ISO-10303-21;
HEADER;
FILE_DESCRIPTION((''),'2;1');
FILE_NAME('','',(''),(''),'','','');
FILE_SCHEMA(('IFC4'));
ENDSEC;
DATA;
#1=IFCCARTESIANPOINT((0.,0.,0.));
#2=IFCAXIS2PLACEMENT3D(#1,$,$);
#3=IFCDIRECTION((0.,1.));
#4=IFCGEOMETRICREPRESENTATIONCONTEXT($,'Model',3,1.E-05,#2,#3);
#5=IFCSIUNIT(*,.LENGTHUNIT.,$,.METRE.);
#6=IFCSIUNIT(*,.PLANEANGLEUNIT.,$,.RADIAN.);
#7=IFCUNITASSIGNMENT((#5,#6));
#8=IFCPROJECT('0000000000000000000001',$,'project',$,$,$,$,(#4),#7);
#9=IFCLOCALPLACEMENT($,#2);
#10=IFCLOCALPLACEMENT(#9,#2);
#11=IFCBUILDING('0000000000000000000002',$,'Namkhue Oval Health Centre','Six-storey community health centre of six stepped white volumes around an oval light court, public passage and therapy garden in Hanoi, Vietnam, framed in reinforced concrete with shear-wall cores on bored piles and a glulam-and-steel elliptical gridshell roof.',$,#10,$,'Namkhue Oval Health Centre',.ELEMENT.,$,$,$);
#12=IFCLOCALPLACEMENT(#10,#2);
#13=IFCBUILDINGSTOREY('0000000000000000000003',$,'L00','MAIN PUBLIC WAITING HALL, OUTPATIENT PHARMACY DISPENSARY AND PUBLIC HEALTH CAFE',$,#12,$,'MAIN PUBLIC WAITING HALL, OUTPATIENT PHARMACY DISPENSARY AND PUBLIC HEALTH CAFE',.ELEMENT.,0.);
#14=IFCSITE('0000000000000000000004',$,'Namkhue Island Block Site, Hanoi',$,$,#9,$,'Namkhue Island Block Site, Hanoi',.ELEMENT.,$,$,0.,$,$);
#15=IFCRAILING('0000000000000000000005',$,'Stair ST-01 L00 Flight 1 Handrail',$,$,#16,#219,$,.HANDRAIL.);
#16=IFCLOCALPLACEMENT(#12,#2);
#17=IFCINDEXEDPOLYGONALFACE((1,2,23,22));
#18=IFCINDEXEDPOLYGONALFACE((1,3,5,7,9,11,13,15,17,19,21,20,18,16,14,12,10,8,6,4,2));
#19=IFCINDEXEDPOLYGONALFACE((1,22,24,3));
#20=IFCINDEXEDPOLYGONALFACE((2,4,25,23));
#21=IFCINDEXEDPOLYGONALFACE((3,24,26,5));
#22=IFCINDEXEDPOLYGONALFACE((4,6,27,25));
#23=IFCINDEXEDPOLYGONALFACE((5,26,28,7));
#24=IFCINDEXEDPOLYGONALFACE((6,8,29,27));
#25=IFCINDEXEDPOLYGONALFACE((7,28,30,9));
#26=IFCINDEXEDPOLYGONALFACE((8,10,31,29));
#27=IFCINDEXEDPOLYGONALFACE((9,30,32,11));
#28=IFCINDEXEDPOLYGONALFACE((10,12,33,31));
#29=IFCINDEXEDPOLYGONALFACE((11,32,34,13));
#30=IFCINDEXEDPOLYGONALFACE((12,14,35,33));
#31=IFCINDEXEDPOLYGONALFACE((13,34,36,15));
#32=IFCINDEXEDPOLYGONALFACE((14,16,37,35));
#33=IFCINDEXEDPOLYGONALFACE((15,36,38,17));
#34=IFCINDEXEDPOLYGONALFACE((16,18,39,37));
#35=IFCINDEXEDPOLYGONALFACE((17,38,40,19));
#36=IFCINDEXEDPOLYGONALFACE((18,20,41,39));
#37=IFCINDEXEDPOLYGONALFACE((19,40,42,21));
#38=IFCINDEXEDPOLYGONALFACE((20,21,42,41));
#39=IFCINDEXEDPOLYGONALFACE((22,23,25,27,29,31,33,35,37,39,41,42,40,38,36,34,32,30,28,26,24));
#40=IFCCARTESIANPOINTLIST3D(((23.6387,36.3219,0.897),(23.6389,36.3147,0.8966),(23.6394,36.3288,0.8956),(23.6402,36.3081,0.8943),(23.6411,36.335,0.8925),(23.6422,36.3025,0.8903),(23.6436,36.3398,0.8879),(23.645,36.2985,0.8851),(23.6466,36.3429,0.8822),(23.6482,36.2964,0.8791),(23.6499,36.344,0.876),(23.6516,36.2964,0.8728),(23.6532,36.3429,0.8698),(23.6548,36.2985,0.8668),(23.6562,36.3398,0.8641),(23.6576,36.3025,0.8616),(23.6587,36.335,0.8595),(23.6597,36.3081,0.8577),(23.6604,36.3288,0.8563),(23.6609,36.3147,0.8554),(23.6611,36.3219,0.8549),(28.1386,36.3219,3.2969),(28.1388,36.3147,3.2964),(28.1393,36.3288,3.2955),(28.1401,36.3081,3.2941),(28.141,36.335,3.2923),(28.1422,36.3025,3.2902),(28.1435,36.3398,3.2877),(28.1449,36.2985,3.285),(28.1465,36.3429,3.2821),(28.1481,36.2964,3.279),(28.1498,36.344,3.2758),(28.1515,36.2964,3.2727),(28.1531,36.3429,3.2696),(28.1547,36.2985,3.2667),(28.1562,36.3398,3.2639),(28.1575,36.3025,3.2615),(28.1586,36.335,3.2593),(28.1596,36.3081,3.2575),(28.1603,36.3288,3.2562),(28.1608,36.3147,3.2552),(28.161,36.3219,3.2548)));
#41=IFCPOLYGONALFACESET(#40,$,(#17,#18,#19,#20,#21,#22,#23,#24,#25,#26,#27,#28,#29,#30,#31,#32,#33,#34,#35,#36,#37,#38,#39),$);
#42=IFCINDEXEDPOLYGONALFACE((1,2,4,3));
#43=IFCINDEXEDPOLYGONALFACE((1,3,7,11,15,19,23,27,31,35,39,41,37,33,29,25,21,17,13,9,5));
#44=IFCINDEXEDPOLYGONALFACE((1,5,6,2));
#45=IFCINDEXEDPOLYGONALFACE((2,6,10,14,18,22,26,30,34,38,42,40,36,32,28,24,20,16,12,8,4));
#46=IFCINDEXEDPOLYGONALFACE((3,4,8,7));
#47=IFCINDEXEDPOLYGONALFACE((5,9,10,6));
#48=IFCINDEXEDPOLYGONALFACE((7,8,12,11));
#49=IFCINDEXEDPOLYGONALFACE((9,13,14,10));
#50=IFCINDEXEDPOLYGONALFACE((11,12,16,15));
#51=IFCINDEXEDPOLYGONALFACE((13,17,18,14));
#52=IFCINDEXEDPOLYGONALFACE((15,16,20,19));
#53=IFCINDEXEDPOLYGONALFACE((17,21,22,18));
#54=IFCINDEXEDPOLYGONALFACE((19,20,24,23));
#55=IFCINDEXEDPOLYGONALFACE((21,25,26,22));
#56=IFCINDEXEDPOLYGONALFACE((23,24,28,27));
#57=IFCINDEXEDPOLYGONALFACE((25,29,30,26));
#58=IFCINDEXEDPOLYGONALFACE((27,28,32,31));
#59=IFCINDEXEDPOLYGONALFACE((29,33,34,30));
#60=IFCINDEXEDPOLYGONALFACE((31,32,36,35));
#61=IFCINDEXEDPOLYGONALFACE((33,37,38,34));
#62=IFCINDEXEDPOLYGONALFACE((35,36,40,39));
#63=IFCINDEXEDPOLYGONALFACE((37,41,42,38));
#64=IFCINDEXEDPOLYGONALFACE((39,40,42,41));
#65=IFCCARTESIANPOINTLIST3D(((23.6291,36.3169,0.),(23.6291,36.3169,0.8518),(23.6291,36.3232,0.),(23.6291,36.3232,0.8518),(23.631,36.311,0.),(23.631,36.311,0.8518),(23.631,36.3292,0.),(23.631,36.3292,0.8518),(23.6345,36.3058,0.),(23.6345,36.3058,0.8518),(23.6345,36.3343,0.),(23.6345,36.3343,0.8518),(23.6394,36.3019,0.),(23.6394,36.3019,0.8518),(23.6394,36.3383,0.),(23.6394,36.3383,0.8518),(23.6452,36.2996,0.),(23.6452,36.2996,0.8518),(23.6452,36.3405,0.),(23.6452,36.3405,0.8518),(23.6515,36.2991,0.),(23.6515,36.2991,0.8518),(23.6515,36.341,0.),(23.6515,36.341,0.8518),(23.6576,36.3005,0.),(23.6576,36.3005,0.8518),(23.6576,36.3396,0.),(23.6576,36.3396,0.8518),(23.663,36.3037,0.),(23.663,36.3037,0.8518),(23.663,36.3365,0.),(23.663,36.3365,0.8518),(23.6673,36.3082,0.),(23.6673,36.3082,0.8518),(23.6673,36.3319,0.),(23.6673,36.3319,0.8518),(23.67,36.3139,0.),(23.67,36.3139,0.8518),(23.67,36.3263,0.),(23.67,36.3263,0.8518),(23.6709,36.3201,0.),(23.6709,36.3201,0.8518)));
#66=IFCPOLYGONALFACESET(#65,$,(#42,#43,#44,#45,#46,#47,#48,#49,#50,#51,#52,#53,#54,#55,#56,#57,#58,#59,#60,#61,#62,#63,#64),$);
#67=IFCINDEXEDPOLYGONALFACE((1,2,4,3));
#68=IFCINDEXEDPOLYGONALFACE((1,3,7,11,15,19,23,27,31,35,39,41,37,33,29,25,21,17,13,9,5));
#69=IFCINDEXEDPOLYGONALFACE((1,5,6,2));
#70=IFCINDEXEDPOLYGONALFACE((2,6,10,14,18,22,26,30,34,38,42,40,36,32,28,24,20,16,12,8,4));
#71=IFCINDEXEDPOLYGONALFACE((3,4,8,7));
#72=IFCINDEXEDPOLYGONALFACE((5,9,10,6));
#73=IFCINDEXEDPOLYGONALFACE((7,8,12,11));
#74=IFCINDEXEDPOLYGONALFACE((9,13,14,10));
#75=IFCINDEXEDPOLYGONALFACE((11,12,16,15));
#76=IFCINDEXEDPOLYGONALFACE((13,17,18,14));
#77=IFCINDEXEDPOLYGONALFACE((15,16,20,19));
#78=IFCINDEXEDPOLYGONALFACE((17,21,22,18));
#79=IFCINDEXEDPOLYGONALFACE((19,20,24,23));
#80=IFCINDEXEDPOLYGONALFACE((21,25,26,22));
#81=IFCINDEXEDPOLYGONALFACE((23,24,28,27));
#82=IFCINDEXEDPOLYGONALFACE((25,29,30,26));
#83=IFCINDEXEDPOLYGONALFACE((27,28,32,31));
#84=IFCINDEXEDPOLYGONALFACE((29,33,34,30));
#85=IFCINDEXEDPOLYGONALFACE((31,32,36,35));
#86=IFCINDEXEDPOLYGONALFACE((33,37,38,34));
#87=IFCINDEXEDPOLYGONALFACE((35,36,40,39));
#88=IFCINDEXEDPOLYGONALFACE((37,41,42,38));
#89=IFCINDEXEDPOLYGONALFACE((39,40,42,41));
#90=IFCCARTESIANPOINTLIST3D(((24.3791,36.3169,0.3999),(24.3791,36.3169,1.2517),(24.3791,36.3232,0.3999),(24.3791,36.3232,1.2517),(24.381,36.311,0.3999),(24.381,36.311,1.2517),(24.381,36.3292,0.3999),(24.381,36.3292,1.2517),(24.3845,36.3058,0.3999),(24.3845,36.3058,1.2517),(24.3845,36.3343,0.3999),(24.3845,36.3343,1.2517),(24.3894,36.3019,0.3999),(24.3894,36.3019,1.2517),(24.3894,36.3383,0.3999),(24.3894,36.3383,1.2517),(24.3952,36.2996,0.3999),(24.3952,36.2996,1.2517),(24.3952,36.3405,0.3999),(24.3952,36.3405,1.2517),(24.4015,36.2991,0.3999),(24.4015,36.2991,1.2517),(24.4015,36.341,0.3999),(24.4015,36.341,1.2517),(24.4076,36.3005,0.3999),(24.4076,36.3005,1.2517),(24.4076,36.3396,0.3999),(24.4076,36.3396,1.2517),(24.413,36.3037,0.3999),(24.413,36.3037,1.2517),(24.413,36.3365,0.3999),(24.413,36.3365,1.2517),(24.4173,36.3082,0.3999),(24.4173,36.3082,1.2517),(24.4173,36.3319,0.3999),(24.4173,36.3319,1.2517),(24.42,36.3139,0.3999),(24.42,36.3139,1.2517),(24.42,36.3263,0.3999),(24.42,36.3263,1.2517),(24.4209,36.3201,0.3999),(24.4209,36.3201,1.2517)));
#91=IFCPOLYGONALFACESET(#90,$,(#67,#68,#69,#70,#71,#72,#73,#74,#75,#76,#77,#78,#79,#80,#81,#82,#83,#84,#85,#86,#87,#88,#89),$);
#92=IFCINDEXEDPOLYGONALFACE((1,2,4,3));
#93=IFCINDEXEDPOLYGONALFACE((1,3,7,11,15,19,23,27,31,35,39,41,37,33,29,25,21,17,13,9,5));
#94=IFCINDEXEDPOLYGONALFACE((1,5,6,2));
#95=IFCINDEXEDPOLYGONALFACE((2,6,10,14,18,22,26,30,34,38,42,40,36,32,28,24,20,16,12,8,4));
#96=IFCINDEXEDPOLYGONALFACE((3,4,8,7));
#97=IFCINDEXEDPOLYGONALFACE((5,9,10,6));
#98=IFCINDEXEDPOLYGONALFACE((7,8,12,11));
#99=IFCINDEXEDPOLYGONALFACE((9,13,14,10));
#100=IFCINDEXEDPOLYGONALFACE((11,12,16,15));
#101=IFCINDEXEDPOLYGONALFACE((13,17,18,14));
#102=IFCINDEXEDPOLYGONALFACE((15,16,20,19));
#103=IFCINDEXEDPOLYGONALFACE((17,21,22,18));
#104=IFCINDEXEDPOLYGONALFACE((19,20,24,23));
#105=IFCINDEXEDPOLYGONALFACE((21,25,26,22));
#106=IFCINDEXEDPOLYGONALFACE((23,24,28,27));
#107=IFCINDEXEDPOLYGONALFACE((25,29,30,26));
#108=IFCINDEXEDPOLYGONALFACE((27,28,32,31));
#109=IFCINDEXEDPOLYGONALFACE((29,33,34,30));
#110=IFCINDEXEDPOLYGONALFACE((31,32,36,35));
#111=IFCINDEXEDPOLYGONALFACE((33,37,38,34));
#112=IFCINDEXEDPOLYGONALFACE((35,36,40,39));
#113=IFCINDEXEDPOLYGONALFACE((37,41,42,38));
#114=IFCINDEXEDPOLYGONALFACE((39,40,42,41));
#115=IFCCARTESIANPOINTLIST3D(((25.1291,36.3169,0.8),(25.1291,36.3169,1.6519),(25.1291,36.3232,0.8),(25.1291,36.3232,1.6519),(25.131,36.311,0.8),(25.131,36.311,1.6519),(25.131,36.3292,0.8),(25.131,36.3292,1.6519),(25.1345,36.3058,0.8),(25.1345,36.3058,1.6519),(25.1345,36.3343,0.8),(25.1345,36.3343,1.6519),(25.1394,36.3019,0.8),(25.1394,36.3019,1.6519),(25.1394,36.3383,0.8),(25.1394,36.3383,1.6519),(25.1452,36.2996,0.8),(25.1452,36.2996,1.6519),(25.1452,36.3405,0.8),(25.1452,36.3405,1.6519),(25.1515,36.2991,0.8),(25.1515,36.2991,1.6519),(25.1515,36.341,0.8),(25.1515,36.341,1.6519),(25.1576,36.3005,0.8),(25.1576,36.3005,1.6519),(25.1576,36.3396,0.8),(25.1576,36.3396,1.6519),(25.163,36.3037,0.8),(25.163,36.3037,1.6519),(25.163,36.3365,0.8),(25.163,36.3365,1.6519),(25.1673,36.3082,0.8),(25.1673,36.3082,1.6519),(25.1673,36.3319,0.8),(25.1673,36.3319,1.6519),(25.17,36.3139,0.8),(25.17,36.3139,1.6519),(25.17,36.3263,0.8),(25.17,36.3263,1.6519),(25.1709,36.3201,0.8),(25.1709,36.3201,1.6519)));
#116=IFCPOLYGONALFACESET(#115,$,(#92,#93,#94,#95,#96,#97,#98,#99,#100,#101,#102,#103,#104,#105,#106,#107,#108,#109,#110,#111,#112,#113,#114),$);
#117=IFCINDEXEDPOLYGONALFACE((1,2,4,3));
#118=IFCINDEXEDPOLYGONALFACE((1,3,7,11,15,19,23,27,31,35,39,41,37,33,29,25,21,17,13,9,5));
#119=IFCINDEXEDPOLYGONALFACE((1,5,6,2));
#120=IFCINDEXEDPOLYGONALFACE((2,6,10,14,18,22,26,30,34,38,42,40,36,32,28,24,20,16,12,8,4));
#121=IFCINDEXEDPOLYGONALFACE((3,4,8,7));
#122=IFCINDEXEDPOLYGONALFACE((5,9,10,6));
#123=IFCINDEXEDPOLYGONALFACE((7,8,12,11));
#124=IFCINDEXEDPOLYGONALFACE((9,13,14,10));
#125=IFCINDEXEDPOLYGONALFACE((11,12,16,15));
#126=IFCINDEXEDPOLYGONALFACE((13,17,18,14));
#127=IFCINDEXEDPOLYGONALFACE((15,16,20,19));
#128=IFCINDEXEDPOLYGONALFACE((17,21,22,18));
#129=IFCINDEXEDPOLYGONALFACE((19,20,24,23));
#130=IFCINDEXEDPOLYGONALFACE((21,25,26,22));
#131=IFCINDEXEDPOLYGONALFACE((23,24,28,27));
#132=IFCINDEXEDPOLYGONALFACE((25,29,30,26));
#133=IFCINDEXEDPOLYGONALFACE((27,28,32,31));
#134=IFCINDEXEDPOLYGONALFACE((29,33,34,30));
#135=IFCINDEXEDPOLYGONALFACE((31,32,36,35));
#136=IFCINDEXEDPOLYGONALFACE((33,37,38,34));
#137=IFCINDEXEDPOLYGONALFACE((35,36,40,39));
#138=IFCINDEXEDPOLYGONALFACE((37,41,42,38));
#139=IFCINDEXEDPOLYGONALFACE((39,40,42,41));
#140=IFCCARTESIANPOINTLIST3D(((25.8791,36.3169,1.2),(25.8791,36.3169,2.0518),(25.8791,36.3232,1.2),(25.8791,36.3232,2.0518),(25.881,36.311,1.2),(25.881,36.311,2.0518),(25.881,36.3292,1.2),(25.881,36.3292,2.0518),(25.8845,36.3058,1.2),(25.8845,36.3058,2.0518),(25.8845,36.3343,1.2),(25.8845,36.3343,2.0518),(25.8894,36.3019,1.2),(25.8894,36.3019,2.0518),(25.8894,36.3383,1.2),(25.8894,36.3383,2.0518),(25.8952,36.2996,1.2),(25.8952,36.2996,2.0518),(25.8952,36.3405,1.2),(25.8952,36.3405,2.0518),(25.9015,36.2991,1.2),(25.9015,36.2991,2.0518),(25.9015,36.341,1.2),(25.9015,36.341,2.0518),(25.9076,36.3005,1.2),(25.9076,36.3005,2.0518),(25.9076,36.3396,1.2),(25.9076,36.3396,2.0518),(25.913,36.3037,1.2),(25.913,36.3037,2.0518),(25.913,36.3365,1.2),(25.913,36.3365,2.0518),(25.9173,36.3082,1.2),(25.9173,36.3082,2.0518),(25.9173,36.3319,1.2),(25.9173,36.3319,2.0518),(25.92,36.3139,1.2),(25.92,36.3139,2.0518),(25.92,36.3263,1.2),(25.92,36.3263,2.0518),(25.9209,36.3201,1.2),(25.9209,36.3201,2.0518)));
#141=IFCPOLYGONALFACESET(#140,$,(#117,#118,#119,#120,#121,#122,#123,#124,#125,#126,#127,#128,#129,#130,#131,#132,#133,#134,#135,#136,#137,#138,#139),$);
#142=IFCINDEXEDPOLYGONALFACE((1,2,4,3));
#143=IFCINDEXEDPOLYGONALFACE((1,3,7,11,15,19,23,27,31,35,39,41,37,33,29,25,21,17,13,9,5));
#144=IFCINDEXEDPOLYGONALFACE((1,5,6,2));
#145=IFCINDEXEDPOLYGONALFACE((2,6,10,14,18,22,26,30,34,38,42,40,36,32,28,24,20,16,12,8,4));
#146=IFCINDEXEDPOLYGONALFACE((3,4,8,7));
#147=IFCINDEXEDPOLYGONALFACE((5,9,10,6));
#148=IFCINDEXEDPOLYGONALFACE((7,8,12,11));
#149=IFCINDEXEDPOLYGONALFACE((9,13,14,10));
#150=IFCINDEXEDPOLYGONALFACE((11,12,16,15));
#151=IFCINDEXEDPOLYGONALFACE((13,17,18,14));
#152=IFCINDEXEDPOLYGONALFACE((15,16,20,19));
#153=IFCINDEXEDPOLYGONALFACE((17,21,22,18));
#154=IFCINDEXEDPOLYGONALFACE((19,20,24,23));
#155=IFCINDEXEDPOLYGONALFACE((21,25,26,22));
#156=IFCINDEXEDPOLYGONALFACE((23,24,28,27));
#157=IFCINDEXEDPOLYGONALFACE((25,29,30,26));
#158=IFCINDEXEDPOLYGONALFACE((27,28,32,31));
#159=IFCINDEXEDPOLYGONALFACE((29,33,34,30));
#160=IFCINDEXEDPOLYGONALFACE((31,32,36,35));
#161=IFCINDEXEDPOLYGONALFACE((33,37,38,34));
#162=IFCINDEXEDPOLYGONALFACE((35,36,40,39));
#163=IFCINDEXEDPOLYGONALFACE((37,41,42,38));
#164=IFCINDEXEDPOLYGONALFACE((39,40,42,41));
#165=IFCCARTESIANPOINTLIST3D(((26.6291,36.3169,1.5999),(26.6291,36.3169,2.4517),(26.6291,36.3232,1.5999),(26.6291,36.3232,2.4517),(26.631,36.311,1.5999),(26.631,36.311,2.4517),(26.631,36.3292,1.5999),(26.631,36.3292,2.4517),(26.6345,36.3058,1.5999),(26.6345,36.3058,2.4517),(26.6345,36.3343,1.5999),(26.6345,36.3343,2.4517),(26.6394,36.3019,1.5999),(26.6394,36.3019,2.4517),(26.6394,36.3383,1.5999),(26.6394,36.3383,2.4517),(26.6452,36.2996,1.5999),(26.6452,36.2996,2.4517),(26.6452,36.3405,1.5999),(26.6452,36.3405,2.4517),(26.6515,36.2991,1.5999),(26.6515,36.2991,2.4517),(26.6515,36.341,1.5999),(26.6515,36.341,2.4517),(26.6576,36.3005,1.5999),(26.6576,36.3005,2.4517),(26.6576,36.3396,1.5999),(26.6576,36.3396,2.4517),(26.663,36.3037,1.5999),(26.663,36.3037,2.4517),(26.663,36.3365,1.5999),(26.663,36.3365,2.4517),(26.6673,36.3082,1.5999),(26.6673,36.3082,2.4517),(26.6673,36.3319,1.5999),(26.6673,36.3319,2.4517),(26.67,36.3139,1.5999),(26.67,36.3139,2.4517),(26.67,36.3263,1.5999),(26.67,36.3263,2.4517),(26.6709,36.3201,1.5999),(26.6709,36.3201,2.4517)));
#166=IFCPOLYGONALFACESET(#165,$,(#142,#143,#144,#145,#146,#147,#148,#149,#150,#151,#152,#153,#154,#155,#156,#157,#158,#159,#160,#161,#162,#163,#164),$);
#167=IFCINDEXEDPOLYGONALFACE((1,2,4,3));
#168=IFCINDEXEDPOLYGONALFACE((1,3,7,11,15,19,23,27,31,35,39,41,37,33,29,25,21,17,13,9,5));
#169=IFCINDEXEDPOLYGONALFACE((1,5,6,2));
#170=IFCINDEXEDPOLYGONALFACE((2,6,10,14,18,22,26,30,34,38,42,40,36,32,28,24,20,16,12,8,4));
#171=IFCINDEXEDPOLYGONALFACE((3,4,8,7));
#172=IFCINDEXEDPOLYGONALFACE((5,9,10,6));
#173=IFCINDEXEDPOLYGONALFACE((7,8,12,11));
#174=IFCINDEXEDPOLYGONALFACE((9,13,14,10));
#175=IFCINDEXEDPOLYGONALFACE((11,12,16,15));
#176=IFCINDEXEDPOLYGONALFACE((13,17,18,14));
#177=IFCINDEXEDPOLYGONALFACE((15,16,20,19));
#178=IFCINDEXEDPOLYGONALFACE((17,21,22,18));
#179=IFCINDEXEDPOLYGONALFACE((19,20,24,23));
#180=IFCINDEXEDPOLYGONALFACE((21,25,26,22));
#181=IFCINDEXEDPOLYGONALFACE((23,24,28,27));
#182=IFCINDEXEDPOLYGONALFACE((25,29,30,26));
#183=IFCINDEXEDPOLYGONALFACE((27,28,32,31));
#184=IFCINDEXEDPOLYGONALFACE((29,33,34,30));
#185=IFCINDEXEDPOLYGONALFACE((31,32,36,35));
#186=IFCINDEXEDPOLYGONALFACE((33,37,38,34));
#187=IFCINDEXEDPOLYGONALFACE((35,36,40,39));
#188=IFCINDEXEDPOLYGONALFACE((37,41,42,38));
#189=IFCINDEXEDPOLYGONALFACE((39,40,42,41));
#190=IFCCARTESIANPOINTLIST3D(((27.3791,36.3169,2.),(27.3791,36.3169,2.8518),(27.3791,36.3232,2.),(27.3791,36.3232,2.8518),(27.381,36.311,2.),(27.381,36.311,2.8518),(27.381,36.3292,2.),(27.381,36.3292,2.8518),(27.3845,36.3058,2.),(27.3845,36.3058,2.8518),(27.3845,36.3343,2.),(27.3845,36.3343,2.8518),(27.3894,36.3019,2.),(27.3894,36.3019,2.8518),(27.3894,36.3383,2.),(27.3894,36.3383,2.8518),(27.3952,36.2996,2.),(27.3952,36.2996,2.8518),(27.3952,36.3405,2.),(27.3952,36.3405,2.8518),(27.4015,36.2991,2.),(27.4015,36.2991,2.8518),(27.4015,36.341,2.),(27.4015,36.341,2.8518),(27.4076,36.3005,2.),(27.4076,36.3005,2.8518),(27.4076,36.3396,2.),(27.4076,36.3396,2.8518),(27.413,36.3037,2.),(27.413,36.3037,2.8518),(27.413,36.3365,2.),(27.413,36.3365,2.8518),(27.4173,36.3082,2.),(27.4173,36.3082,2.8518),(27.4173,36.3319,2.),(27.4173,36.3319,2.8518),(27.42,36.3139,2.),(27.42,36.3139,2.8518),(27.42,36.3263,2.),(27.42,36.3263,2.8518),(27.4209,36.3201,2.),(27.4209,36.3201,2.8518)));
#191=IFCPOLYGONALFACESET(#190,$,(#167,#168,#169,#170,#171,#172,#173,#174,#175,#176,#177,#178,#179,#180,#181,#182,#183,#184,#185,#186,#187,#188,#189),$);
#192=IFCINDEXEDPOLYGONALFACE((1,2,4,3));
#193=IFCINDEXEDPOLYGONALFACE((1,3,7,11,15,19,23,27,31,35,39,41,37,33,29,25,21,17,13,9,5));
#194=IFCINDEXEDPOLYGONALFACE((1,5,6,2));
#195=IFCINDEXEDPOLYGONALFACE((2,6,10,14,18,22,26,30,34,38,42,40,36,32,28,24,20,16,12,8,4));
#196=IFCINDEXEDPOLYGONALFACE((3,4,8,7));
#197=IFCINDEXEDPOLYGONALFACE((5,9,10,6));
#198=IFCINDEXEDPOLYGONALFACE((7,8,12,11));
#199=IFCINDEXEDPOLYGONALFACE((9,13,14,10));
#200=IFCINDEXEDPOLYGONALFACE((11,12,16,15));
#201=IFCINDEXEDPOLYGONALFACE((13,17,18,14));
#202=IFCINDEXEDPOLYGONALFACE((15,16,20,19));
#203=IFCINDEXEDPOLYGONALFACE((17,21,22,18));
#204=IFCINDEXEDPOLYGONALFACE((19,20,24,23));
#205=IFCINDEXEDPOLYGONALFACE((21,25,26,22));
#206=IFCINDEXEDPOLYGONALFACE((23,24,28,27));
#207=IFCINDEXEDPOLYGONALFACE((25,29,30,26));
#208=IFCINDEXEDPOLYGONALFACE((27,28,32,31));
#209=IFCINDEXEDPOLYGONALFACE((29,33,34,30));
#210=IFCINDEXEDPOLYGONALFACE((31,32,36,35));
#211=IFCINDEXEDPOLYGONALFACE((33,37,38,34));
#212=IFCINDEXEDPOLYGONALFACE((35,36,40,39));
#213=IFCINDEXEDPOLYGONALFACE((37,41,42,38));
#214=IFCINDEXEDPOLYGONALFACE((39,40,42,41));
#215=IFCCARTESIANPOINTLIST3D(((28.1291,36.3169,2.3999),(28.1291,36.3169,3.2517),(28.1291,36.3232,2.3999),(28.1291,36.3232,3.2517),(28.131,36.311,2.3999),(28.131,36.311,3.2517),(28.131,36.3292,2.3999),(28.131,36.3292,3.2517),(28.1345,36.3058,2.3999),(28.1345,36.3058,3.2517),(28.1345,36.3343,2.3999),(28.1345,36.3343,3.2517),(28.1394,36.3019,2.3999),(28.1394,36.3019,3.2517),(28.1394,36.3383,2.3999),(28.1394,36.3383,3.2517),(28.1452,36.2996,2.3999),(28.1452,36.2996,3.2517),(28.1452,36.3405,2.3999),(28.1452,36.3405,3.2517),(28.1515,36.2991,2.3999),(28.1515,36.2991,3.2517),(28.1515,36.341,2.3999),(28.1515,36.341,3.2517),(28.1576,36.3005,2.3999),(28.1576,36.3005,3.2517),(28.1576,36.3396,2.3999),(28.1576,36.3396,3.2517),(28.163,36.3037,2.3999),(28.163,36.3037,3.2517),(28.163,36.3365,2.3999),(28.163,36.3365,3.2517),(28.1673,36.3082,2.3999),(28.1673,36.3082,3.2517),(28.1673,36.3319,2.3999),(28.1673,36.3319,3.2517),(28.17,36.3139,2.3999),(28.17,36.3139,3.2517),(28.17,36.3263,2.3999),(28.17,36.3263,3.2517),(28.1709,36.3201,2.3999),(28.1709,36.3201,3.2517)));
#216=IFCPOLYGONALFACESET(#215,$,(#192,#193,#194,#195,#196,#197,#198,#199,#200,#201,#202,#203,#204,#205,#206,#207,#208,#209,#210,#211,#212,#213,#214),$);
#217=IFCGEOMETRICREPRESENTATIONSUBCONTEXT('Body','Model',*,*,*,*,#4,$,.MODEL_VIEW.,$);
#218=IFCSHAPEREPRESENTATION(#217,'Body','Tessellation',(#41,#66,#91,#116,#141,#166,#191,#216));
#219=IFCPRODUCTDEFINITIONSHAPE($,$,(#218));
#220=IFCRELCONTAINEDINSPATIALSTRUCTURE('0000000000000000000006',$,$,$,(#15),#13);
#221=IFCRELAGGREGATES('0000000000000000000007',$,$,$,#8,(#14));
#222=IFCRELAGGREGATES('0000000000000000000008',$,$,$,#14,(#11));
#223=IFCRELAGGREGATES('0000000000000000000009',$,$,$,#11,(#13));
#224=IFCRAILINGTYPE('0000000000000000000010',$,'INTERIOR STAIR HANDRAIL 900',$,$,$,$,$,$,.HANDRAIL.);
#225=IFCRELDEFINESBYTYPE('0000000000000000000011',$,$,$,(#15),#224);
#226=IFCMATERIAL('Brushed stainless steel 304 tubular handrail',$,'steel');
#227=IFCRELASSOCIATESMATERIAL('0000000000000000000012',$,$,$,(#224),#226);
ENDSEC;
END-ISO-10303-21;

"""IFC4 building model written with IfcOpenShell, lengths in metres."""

from ifc_helpers import new_model, si_unit, direction, frame, origin, origin_2d, place, context, subcontext, project, spatial, circle, extrude, material, type_object, element, save


model = new_model("IFC4")

# Units and contexts
model_context = context("Model", 3, precision=1e-05, world=origin(), true_north=direction((0.0, 1.0)))
body_context = subcontext(model_context, "Body", "Model", "MODEL_VIEW")
ifc_project = project(units=[si_unit("LENGTHUNIT", "METRE"), si_unit("PLANEANGLEUNIT", "RADIAN")], contexts=[model_context])

# Site, building, storey
site_placement = place(None, origin())
site = spatial("IfcSite", under=ifc_project, at=site_placement, Name="Namkhue Island Block Site, Hanoi", LongName="Namkhue Island Block Site, Hanoi", CompositionType="ELEMENT", RefElevation=0.0)
building_placement = place(site_placement, origin())
building = spatial("IfcBuilding", under=site, at=building_placement, Name="Namkhue Oval Health Centre", Description="Six-storey community health centre of six stepped white volumes around an oval light court, public passage and therapy garden in Hanoi, Vietnam, framed in reinforced concrete with shear-wall cores on bored piles and a glulam-and-steel elliptical gridshell roof.", LongName="Namkhue Oval Health Centre", CompositionType="ELEMENT")
storey_placement = place(building_placement, origin())
storey = spatial("IfcBuildingStorey", under=building, at=storey_placement, Name="L00", Description="MAIN PUBLIC WAITING HALL, OUTPATIENT PHARMACY DISPENSARY AND PUBLIC HEALTH CAFE", LongName="MAIN PUBLIC WAITING HALL, OUTPATIENT PHARMACY DISPENSARY AND PUBLIC HEALTH CAFE", CompositionType="ELEMENT", Elevation=0.0)

# Railing
ifc_material_1 = material(Name="Brushed stainless steel 304 tubular handrail", Category="steel")
railing_type_1 = type_object("IfcRailingType", Name="INTERIOR STAIR HANDRAIL 900", PredefinedType="HANDRAIL", material=ifc_material_1)
railing_1_placement = place(storey_placement, frame((23.6499, 36.3201, 0.0)))
element("IfcRailing", 1, at=railing_1_placement, inside=storey, type_object=railing_type_1, Name="Stair ST-01 L00 Flight 1 Handrail", PredefinedType="HANDRAIL", context=body_context, shape_type="SweptSolid", body=[
    extrude(circle(Radius=0.0239, at=origin_2d()), frame((0.0, 0.0, 0.876), z_axis=(0.882361, 0.0, 0.470573), x_axis=(0.0, 1.0, 0.0)), (0.0, 0.0, 1.0), 5.0999),
    extrude(circle(Radius=0.021, at=origin_2d()), origin(), (0.0, 0.0, 1.0), 0.8518),
    extrude(circle(Radius=0.021, at=origin_2d()), frame((0.75, 0.0, 0.3999)), (0.0, 0.0, 1.0), 0.8518),
    extrude(circle(Radius=0.021, at=origin_2d()), frame((1.5, 0.0, 0.8)), (0.0, 0.0, 1.0), 0.8518),
    extrude(circle(Radius=0.021, at=origin_2d()), frame((2.25, 0.0, 1.2)), (0.0, 0.0, 1.0), 0.8518),
    extrude(circle(Radius=0.021, at=origin_2d()), frame((3.0, 0.0, 1.5999)), (0.0, 0.0, 1.0), 0.8518),
    extrude(circle(Radius=0.021, at=origin_2d()), frame((3.75, 0.0, 2.0)), (0.0, 0.0, 1.0), 0.8518),
    extrude(circle(Radius=0.021, at=origin_2d()), frame((4.5, 0.0, 2.3999)), (0.0, 0.0, 1.0), 0.8518),
])

save(model, "model.ifc")
